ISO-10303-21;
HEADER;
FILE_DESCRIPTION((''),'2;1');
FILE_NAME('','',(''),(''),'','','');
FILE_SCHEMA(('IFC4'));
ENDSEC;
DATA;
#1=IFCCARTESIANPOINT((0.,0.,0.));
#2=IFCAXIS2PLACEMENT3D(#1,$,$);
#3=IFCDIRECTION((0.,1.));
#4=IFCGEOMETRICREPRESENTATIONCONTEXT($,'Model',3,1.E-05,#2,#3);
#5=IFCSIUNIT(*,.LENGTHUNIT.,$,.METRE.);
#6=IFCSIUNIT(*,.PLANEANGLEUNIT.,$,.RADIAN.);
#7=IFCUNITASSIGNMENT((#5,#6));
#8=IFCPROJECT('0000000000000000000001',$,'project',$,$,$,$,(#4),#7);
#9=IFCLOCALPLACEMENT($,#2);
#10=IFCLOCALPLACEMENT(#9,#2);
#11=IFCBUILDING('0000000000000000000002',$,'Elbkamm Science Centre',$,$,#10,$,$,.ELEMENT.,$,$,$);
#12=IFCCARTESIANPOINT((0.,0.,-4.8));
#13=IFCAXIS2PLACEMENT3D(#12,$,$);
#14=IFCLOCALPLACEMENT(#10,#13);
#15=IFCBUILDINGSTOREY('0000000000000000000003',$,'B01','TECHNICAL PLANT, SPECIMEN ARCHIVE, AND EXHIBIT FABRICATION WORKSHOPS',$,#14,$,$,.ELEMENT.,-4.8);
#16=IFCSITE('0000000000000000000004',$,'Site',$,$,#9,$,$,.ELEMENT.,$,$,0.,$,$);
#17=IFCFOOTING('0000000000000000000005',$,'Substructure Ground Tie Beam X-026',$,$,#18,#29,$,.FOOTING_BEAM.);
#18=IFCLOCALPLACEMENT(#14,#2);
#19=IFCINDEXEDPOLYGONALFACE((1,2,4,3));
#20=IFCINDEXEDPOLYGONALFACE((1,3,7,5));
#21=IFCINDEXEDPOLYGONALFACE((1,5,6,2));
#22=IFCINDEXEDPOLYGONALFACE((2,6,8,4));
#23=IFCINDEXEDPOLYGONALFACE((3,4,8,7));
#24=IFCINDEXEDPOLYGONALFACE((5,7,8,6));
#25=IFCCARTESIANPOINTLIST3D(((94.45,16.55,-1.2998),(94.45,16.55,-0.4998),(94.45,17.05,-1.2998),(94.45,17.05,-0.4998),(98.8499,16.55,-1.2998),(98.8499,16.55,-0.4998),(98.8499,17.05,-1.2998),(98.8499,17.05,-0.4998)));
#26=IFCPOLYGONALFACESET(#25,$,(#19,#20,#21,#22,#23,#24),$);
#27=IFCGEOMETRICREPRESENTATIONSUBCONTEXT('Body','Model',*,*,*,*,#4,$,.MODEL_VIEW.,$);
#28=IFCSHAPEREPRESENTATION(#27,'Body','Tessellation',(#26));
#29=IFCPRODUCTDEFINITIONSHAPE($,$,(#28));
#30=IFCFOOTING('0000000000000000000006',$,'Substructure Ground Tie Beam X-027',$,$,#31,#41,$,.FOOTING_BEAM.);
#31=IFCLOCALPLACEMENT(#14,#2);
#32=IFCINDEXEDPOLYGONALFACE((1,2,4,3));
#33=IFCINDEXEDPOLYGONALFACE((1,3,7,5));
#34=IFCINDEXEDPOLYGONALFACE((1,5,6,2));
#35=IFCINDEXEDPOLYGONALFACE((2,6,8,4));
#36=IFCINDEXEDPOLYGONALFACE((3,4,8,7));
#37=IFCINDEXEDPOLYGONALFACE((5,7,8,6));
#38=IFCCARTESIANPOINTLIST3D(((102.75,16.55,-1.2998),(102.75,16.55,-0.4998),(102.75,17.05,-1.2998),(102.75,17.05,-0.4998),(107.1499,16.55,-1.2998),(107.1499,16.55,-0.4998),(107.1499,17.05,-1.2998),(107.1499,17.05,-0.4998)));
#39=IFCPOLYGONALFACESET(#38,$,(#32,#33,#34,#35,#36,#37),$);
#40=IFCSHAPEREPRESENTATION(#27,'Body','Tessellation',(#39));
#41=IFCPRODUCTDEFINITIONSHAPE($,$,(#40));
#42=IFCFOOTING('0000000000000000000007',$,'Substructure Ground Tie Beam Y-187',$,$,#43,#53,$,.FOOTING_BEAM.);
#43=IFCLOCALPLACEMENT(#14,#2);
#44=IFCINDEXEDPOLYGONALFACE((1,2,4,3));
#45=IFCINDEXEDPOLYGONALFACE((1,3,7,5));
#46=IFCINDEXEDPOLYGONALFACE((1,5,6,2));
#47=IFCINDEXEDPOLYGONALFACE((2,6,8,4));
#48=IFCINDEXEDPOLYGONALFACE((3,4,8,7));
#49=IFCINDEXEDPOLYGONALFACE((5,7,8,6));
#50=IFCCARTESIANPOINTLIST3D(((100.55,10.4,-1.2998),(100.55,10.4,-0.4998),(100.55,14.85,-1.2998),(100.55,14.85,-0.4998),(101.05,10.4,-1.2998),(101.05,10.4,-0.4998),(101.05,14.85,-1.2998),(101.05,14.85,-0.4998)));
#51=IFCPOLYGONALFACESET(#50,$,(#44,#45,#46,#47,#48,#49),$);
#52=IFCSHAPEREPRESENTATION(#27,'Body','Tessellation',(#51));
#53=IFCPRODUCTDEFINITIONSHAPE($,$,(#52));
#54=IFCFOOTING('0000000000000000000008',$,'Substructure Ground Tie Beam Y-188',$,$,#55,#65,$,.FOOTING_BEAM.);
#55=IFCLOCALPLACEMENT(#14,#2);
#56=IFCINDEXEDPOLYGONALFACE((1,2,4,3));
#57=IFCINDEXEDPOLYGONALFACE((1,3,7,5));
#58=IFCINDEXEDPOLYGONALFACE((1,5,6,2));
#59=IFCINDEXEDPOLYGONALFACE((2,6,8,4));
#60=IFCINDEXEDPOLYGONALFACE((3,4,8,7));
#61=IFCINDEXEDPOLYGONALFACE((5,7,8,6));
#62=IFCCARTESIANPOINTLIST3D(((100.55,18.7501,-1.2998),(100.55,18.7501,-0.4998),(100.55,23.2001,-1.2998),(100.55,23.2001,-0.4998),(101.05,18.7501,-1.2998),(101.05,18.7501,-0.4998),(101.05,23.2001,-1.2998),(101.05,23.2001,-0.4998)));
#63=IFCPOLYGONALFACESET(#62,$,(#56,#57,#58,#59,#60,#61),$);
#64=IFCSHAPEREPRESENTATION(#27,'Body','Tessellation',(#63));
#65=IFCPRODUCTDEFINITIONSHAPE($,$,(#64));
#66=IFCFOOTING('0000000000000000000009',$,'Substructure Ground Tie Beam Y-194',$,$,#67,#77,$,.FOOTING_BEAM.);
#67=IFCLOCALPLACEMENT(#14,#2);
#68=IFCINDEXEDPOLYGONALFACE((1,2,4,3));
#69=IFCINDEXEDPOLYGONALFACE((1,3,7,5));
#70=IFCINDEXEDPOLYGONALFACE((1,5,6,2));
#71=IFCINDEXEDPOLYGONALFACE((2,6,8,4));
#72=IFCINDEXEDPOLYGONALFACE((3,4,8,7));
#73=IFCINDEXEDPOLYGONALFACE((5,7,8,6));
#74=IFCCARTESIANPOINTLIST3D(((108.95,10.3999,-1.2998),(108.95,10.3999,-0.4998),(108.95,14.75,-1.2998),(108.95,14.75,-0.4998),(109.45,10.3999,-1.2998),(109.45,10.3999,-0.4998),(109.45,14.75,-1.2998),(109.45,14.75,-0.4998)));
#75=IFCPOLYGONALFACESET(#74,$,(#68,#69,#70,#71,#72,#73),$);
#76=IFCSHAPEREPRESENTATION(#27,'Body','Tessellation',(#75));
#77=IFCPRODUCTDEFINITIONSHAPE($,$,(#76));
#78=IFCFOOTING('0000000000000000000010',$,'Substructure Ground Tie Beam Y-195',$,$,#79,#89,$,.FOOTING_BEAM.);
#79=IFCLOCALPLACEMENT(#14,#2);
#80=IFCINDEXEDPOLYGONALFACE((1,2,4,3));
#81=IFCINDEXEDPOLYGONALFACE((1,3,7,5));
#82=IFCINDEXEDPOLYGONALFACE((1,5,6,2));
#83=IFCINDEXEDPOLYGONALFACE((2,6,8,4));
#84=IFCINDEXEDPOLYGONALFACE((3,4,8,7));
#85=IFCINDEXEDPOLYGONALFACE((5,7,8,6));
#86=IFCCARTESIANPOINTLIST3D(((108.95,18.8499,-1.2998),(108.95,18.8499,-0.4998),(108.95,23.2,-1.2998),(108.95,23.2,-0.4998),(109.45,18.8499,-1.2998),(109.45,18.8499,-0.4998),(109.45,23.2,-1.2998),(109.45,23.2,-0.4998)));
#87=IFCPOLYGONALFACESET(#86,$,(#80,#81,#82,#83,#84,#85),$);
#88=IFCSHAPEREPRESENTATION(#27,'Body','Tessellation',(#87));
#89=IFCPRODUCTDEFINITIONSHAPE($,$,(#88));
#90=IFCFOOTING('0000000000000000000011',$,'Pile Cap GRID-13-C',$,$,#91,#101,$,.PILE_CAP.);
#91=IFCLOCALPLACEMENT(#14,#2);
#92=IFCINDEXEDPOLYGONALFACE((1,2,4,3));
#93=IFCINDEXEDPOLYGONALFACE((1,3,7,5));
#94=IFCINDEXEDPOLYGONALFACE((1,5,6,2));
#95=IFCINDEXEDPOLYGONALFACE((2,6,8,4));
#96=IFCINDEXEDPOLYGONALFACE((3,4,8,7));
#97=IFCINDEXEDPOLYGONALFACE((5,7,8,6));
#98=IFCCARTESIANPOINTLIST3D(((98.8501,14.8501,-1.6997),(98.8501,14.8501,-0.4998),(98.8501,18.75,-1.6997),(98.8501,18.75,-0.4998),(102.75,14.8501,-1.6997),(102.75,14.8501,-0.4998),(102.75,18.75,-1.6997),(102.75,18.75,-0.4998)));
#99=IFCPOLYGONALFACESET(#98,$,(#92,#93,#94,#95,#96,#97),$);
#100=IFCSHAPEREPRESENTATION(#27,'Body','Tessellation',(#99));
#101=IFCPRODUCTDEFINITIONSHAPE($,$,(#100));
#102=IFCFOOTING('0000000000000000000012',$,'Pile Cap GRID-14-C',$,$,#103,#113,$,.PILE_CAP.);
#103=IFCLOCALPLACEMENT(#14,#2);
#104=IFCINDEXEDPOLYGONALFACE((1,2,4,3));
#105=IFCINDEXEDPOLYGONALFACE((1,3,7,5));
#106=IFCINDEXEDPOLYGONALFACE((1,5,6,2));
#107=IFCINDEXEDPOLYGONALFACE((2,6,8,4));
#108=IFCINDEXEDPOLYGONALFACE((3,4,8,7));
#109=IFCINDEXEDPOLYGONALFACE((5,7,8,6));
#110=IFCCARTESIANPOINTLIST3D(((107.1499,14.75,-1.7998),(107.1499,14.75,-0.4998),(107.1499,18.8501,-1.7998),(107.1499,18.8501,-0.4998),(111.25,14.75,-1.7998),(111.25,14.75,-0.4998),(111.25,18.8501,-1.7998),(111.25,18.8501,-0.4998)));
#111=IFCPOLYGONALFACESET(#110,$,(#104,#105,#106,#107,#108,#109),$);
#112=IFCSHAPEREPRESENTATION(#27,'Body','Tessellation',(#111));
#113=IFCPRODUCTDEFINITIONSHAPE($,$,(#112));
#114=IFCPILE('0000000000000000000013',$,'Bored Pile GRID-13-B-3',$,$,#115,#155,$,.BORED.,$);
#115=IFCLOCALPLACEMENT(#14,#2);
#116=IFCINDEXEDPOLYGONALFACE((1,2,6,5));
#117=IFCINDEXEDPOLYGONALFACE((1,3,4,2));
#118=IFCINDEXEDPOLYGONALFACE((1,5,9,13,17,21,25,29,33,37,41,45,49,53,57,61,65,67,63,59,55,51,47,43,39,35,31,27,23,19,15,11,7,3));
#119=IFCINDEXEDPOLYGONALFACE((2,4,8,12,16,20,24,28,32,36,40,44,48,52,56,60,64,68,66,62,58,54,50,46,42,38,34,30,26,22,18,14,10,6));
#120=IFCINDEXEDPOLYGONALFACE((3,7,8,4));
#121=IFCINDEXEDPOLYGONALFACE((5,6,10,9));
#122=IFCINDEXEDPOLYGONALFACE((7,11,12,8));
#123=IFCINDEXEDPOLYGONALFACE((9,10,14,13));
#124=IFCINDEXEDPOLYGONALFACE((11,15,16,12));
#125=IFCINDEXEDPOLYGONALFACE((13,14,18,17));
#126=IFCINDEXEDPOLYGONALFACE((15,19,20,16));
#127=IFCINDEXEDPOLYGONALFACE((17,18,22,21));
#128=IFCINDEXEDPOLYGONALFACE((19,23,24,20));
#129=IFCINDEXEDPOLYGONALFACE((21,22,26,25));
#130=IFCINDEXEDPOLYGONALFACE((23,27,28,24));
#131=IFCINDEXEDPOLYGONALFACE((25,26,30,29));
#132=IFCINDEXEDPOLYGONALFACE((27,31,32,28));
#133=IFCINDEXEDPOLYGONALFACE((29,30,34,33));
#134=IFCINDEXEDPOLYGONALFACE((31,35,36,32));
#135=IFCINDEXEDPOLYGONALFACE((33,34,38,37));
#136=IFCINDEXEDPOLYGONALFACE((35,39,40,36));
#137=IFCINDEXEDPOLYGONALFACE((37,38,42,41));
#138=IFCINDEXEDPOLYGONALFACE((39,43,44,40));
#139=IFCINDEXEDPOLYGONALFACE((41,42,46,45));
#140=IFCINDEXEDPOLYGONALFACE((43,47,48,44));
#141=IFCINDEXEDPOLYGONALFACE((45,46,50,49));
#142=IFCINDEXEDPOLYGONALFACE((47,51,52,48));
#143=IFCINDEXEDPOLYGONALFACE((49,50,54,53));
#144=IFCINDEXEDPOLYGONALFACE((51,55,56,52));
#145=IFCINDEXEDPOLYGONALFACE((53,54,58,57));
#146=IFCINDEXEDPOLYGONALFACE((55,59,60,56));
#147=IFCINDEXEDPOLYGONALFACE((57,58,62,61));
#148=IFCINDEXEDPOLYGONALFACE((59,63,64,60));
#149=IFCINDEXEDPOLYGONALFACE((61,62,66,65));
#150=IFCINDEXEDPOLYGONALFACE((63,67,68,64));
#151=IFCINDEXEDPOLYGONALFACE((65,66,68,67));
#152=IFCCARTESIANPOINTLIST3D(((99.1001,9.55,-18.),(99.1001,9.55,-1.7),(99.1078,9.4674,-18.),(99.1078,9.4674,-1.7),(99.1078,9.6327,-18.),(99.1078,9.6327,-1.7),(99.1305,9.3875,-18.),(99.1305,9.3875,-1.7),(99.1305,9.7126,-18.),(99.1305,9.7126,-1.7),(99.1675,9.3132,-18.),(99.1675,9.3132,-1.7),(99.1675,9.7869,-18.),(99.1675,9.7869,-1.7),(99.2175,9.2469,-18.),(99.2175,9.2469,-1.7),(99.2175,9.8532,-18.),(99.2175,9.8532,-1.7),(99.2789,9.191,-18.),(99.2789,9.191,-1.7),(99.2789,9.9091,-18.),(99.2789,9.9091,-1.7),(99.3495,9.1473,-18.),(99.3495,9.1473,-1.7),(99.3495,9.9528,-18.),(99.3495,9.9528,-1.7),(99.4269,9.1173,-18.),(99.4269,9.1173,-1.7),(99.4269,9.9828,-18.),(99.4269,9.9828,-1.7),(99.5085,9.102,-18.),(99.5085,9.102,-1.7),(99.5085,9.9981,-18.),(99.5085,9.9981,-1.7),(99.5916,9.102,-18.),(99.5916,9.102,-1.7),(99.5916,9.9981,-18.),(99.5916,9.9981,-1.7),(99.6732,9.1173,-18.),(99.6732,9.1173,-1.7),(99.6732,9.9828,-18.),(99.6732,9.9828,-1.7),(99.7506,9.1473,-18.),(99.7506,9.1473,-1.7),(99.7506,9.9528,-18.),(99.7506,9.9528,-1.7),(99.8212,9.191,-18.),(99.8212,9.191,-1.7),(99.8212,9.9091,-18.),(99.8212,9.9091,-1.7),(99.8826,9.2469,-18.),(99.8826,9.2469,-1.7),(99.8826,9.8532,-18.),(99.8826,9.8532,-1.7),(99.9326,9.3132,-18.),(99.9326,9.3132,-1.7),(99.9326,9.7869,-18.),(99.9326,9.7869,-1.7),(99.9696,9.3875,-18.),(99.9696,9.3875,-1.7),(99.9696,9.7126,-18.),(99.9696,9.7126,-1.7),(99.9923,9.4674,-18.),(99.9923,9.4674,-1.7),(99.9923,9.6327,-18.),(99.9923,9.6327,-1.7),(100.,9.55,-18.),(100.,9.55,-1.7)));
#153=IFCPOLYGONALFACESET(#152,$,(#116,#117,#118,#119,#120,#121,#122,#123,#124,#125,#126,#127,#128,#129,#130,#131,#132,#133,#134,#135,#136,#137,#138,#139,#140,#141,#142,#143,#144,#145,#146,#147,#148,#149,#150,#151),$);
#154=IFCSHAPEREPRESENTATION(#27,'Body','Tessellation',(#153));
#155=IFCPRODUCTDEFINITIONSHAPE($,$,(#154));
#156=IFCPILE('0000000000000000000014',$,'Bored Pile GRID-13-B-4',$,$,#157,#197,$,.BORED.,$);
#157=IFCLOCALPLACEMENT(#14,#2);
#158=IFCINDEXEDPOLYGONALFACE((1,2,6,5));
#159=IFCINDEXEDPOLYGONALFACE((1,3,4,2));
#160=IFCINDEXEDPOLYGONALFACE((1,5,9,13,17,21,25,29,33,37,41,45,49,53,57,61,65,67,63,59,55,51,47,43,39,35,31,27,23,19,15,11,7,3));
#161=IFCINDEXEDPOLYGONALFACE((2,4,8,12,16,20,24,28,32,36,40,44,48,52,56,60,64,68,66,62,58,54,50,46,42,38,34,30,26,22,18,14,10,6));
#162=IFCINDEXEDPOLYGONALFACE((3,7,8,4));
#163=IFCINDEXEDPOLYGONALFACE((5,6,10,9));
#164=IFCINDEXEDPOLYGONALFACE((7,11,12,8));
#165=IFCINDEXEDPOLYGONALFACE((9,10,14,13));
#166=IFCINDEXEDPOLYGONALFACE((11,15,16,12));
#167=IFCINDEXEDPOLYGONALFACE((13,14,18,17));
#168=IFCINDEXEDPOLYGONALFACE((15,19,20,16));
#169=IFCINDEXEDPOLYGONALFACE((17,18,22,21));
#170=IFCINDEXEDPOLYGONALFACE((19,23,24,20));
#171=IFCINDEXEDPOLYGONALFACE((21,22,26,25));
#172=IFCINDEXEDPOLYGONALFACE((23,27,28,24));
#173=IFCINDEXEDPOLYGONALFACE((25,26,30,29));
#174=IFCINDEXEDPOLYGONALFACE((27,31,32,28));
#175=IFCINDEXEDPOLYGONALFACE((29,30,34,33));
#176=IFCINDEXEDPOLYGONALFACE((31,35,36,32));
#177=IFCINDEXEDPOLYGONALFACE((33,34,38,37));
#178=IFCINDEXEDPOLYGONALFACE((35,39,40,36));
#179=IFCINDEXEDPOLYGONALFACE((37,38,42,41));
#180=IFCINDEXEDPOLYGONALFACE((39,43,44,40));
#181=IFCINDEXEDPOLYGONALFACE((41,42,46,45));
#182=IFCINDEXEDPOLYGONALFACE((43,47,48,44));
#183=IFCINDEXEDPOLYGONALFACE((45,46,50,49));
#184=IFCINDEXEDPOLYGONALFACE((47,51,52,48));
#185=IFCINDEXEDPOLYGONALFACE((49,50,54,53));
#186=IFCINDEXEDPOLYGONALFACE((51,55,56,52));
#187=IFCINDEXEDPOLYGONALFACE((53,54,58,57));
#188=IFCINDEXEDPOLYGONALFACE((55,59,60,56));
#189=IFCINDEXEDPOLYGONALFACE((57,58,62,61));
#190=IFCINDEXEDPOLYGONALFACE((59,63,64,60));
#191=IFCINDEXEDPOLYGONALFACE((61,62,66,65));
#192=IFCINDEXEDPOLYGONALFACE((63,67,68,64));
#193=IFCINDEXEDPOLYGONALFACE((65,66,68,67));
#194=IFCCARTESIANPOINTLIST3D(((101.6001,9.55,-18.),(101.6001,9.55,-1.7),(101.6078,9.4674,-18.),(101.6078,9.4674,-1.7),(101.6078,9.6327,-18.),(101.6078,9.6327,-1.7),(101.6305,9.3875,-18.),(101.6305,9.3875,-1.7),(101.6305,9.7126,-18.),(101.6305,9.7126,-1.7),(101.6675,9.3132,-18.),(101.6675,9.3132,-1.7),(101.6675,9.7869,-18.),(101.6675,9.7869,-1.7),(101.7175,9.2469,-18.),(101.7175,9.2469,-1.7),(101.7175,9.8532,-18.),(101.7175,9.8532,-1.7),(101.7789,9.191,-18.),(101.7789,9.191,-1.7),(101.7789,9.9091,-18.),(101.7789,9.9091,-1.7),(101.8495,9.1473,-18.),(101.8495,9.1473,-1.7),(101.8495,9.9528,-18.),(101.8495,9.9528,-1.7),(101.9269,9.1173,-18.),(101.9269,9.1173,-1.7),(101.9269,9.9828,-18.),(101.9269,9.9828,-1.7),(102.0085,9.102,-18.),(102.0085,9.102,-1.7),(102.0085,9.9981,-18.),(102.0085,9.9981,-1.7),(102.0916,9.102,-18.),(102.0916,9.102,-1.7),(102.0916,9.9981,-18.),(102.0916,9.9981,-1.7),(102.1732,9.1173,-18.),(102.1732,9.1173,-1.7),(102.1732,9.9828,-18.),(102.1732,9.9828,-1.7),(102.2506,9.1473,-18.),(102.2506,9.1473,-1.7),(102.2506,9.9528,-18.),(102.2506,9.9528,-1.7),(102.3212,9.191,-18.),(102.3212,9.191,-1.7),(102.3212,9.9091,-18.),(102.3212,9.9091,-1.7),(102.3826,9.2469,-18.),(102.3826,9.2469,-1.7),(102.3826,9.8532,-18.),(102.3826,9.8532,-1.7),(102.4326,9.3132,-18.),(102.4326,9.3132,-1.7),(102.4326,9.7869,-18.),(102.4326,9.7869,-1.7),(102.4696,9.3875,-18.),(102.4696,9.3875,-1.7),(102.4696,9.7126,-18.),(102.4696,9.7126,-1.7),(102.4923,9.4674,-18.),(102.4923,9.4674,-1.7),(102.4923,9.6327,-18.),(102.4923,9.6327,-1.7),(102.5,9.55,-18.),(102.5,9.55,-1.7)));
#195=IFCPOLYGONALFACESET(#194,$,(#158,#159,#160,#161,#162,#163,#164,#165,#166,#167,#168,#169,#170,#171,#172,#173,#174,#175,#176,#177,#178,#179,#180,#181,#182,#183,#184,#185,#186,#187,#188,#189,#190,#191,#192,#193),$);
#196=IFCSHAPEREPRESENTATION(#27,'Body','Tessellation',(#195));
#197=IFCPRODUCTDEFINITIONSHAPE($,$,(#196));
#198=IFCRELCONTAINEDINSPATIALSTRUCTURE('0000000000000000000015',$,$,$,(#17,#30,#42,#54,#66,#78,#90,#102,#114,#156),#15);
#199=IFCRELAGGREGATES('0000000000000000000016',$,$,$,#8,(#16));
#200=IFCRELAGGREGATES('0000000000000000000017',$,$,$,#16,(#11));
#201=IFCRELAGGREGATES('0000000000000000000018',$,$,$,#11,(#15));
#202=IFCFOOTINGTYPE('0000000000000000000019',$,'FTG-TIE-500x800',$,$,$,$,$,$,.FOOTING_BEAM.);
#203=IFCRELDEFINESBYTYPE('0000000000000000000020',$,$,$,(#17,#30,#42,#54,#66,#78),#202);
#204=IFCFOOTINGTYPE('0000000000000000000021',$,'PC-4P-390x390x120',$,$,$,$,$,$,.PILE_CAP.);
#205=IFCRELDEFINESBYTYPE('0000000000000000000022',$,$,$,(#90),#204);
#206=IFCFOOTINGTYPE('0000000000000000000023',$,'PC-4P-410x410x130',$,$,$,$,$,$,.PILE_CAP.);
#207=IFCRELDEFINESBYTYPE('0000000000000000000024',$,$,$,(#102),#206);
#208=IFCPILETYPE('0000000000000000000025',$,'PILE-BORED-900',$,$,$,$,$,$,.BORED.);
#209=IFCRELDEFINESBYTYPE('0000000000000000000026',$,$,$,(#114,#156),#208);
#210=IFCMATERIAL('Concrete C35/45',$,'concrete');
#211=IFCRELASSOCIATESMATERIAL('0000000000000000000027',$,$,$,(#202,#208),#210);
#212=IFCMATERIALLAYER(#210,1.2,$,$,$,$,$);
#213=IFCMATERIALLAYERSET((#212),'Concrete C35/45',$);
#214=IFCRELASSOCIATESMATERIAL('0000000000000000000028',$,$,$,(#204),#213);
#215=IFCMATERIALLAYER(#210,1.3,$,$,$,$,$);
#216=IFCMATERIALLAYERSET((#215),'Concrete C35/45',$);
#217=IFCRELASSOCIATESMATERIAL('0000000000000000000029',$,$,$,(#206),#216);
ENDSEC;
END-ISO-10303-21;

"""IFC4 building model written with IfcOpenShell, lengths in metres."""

from ifc_helpers import new_model, si_unit, direction, frame, origin, origin_2d, place, context, subcontext, project, spatial, rectangle, circle, extrude, material, layer, layer_set, material_profile, profile_set, type_object, element, save


model = new_model("IFC4")

# Units and contexts
model_context = context("Model", 3, precision=1e-05, world=origin(), true_north=direction((0.0, 1.0)))
body_context = subcontext(model_context, "Body", "Model", "MODEL_VIEW")
ifc_project = project(units=[si_unit("LENGTHUNIT", "METRE"), si_unit("PLANEANGLEUNIT", "RADIAN")], contexts=[model_context])

# Site, building, storey
site_placement = place(None, origin())
site = spatial("IfcSite", under=ifc_project, at=site_placement, Name="Site", CompositionType="ELEMENT", RefElevation=0.0)
building_placement = place(site_placement, origin())
building = spatial("IfcBuilding", under=site, at=building_placement, Name="Elbkamm Science Centre", CompositionType="ELEMENT")
storey_placement = place(building_placement, frame((0.0, 0.0, -4.8)))
storey = spatial("IfcBuildingStorey", under=building, at=storey_placement, Name="B01", Description="TECHNICAL PLANT, SPECIMEN ARCHIVE, AND EXHIBIT FABRICATION WORKSHOPS", CompositionType="ELEMENT", Elevation=-4.8)

# Footings
ifc_material_1 = material(Name="Concrete C35/45", Category="concrete")
footing_type_1 = type_object("IfcFootingType", Name="FTG-TIE-500x800", PredefinedType="FOOTING_BEAM", material=ifc_material_1)
for number, where, z_axis, x_axis, name in (
    (1, (96.6499, 16.8, -1.2998), (0.0, 0.0, 1.0), (1.0, 0.0, 0.0), "Substructure Ground Tie Beam X-026"),
    (2, (104.95, 16.8, -1.2998), (0.0, 0.0, 1.0), (1.0, 0.0, 0.0), "Substructure Ground Tie Beam X-027"),
):
    element("IfcFooting", number, at=place(storey_placement, frame(where, z_axis=z_axis, x_axis=x_axis)), inside=storey, type_object=footing_type_1, Name=name, PredefinedType="FOOTING_BEAM", context=body_context, shape_type="SweptSolid", body=[
        extrude(rectangle(XDim=4.3999, YDim=0.5, at=origin_2d()), origin(), (0.0, 0.0, 1.0), 0.8),
    ])
for number, where, z_axis, x_axis, name in (
    (3, (100.8, 12.625, -1.2998), (0.0, 0.0, 1.0), (1.0, 0.0, 0.0), "Substructure Ground Tie Beam Y-187"),
    (4, (100.8, 20.9751, -1.2998), (0.0, 0.0, 1.0), (1.0, 0.0, 0.0), "Substructure Ground Tie Beam Y-188"),
):
    element("IfcFooting", number, at=place(storey_placement, frame(where, z_axis=z_axis, x_axis=x_axis)), inside=storey, type_object=footing_type_1, Name=name, PredefinedType="FOOTING_BEAM", context=body_context, shape_type="SweptSolid", body=[
        extrude(rectangle(XDim=0.5, YDim=4.45, at=origin_2d()), origin(), (0.0, 0.0, 1.0), 0.8),
    ])
for number, where, z_axis, x_axis, name in (
    (5, (109.2, 12.575, -1.2998), (0.0, 0.0, 1.0), (1.0, 0.0, 0.0), "Substructure Ground Tie Beam Y-194"),
    (6, (109.2, 21.0249, -1.2998), (0.0, 0.0, 1.0), (1.0, 0.0, 0.0), "Substructure Ground Tie Beam Y-195"),
):
    element("IfcFooting", number, at=place(storey_placement, frame(where, z_axis=z_axis, x_axis=x_axis)), inside=storey, type_object=footing_type_1, Name=name, PredefinedType="FOOTING_BEAM", context=body_context, shape_type="SweptSolid", body=[
        extrude(rectangle(XDim=0.5, YDim=4.3501, at=origin_2d()), origin(), (0.0, 0.0, 1.0), 0.8),
    ])
ifc_layer_1 = layer(ifc_material_1, 1.2)
ifc_layer_set_1 = layer_set([ifc_layer_1], Name="Concrete C35/45")
footing_type_2 = type_object("IfcFootingType", Name="PC-4P-390x390x120", PredefinedType="PILE_CAP", material=ifc_layer_set_1)
footing_1_placement = place(storey_placement, frame((100.8, 16.8, -1.6997), z_axis=(0.0, 0.0, 1.0), x_axis=(1.0, 0.0, 0.0)))
element("IfcFooting", 7, at=footing_1_placement, inside=storey, type_object=footing_type_2, Name="Pile Cap GRID-13-C", PredefinedType="PILE_CAP", context=body_context, shape_type="SweptSolid", body=[
    extrude(rectangle(XDim=3.8999, YDim=3.8999, at=origin_2d()), origin(), (0.0, 0.0, 1.0), 1.2),
])
ifc_layer_2 = layer(ifc_material_1, 1.3)
ifc_layer_set_2 = layer_set([ifc_layer_2], Name="Concrete C35/45")
footing_type_3 = type_object("IfcFootingType", Name="PC-4P-410x410x130", PredefinedType="PILE_CAP", material=ifc_layer_set_2)
footing_2_placement = place(storey_placement, frame((109.2, 16.8, -1.7998), z_axis=(0.0, 0.0, 1.0), x_axis=(1.0, 0.0, 0.0)))
element("IfcFooting", 8, at=footing_2_placement, inside=storey, type_object=footing_type_3, Name="Pile Cap GRID-14-C", PredefinedType="PILE_CAP", context=body_context, shape_type="SweptSolid", body=[
    extrude(rectangle(XDim=4.1001, YDim=4.1001, at=origin_2d()), origin(), (0.0, 0.0, 1.0), 1.3),
])

# Piles
ifc_material_profile_1 = material_profile(ifc_material_1, circle(Radius=0.45, at=origin_2d()), Name="PILE D900")
ifc_profile_set_1 = profile_set([ifc_material_profile_1], Name="Concrete C35/45")
pile_type = type_object("IfcPileType", Name="PILE-BORED-900", PredefinedType="BORED", material=ifc_profile_set_1)
for number, where, z_axis, x_axis, name in (
    (9, (99.55, 9.55, -1.7), (0.0, 0.0, -1.0), (1.0, 0.0, 0.0), "Bored Pile GRID-13-B-3"),
    (10, (102.05, 9.55, -1.7), (0.0, 0.0, -1.0), (1.0, 0.0, 0.0), "Bored Pile GRID-13-B-4"),
):
    element("IfcPile", number, at=place(storey_placement, frame(where, z_axis=z_axis, x_axis=x_axis)), inside=storey, type_object=pile_type, Name=name, PredefinedType="BORED", context=body_context, shape_type="SweptSolid", body=[
        extrude(circle(Radius=0.45, at=origin_2d()), origin(), (0.0, 0.0, 1.0), 16.3),
    ])

save(model, "model.ifc")
